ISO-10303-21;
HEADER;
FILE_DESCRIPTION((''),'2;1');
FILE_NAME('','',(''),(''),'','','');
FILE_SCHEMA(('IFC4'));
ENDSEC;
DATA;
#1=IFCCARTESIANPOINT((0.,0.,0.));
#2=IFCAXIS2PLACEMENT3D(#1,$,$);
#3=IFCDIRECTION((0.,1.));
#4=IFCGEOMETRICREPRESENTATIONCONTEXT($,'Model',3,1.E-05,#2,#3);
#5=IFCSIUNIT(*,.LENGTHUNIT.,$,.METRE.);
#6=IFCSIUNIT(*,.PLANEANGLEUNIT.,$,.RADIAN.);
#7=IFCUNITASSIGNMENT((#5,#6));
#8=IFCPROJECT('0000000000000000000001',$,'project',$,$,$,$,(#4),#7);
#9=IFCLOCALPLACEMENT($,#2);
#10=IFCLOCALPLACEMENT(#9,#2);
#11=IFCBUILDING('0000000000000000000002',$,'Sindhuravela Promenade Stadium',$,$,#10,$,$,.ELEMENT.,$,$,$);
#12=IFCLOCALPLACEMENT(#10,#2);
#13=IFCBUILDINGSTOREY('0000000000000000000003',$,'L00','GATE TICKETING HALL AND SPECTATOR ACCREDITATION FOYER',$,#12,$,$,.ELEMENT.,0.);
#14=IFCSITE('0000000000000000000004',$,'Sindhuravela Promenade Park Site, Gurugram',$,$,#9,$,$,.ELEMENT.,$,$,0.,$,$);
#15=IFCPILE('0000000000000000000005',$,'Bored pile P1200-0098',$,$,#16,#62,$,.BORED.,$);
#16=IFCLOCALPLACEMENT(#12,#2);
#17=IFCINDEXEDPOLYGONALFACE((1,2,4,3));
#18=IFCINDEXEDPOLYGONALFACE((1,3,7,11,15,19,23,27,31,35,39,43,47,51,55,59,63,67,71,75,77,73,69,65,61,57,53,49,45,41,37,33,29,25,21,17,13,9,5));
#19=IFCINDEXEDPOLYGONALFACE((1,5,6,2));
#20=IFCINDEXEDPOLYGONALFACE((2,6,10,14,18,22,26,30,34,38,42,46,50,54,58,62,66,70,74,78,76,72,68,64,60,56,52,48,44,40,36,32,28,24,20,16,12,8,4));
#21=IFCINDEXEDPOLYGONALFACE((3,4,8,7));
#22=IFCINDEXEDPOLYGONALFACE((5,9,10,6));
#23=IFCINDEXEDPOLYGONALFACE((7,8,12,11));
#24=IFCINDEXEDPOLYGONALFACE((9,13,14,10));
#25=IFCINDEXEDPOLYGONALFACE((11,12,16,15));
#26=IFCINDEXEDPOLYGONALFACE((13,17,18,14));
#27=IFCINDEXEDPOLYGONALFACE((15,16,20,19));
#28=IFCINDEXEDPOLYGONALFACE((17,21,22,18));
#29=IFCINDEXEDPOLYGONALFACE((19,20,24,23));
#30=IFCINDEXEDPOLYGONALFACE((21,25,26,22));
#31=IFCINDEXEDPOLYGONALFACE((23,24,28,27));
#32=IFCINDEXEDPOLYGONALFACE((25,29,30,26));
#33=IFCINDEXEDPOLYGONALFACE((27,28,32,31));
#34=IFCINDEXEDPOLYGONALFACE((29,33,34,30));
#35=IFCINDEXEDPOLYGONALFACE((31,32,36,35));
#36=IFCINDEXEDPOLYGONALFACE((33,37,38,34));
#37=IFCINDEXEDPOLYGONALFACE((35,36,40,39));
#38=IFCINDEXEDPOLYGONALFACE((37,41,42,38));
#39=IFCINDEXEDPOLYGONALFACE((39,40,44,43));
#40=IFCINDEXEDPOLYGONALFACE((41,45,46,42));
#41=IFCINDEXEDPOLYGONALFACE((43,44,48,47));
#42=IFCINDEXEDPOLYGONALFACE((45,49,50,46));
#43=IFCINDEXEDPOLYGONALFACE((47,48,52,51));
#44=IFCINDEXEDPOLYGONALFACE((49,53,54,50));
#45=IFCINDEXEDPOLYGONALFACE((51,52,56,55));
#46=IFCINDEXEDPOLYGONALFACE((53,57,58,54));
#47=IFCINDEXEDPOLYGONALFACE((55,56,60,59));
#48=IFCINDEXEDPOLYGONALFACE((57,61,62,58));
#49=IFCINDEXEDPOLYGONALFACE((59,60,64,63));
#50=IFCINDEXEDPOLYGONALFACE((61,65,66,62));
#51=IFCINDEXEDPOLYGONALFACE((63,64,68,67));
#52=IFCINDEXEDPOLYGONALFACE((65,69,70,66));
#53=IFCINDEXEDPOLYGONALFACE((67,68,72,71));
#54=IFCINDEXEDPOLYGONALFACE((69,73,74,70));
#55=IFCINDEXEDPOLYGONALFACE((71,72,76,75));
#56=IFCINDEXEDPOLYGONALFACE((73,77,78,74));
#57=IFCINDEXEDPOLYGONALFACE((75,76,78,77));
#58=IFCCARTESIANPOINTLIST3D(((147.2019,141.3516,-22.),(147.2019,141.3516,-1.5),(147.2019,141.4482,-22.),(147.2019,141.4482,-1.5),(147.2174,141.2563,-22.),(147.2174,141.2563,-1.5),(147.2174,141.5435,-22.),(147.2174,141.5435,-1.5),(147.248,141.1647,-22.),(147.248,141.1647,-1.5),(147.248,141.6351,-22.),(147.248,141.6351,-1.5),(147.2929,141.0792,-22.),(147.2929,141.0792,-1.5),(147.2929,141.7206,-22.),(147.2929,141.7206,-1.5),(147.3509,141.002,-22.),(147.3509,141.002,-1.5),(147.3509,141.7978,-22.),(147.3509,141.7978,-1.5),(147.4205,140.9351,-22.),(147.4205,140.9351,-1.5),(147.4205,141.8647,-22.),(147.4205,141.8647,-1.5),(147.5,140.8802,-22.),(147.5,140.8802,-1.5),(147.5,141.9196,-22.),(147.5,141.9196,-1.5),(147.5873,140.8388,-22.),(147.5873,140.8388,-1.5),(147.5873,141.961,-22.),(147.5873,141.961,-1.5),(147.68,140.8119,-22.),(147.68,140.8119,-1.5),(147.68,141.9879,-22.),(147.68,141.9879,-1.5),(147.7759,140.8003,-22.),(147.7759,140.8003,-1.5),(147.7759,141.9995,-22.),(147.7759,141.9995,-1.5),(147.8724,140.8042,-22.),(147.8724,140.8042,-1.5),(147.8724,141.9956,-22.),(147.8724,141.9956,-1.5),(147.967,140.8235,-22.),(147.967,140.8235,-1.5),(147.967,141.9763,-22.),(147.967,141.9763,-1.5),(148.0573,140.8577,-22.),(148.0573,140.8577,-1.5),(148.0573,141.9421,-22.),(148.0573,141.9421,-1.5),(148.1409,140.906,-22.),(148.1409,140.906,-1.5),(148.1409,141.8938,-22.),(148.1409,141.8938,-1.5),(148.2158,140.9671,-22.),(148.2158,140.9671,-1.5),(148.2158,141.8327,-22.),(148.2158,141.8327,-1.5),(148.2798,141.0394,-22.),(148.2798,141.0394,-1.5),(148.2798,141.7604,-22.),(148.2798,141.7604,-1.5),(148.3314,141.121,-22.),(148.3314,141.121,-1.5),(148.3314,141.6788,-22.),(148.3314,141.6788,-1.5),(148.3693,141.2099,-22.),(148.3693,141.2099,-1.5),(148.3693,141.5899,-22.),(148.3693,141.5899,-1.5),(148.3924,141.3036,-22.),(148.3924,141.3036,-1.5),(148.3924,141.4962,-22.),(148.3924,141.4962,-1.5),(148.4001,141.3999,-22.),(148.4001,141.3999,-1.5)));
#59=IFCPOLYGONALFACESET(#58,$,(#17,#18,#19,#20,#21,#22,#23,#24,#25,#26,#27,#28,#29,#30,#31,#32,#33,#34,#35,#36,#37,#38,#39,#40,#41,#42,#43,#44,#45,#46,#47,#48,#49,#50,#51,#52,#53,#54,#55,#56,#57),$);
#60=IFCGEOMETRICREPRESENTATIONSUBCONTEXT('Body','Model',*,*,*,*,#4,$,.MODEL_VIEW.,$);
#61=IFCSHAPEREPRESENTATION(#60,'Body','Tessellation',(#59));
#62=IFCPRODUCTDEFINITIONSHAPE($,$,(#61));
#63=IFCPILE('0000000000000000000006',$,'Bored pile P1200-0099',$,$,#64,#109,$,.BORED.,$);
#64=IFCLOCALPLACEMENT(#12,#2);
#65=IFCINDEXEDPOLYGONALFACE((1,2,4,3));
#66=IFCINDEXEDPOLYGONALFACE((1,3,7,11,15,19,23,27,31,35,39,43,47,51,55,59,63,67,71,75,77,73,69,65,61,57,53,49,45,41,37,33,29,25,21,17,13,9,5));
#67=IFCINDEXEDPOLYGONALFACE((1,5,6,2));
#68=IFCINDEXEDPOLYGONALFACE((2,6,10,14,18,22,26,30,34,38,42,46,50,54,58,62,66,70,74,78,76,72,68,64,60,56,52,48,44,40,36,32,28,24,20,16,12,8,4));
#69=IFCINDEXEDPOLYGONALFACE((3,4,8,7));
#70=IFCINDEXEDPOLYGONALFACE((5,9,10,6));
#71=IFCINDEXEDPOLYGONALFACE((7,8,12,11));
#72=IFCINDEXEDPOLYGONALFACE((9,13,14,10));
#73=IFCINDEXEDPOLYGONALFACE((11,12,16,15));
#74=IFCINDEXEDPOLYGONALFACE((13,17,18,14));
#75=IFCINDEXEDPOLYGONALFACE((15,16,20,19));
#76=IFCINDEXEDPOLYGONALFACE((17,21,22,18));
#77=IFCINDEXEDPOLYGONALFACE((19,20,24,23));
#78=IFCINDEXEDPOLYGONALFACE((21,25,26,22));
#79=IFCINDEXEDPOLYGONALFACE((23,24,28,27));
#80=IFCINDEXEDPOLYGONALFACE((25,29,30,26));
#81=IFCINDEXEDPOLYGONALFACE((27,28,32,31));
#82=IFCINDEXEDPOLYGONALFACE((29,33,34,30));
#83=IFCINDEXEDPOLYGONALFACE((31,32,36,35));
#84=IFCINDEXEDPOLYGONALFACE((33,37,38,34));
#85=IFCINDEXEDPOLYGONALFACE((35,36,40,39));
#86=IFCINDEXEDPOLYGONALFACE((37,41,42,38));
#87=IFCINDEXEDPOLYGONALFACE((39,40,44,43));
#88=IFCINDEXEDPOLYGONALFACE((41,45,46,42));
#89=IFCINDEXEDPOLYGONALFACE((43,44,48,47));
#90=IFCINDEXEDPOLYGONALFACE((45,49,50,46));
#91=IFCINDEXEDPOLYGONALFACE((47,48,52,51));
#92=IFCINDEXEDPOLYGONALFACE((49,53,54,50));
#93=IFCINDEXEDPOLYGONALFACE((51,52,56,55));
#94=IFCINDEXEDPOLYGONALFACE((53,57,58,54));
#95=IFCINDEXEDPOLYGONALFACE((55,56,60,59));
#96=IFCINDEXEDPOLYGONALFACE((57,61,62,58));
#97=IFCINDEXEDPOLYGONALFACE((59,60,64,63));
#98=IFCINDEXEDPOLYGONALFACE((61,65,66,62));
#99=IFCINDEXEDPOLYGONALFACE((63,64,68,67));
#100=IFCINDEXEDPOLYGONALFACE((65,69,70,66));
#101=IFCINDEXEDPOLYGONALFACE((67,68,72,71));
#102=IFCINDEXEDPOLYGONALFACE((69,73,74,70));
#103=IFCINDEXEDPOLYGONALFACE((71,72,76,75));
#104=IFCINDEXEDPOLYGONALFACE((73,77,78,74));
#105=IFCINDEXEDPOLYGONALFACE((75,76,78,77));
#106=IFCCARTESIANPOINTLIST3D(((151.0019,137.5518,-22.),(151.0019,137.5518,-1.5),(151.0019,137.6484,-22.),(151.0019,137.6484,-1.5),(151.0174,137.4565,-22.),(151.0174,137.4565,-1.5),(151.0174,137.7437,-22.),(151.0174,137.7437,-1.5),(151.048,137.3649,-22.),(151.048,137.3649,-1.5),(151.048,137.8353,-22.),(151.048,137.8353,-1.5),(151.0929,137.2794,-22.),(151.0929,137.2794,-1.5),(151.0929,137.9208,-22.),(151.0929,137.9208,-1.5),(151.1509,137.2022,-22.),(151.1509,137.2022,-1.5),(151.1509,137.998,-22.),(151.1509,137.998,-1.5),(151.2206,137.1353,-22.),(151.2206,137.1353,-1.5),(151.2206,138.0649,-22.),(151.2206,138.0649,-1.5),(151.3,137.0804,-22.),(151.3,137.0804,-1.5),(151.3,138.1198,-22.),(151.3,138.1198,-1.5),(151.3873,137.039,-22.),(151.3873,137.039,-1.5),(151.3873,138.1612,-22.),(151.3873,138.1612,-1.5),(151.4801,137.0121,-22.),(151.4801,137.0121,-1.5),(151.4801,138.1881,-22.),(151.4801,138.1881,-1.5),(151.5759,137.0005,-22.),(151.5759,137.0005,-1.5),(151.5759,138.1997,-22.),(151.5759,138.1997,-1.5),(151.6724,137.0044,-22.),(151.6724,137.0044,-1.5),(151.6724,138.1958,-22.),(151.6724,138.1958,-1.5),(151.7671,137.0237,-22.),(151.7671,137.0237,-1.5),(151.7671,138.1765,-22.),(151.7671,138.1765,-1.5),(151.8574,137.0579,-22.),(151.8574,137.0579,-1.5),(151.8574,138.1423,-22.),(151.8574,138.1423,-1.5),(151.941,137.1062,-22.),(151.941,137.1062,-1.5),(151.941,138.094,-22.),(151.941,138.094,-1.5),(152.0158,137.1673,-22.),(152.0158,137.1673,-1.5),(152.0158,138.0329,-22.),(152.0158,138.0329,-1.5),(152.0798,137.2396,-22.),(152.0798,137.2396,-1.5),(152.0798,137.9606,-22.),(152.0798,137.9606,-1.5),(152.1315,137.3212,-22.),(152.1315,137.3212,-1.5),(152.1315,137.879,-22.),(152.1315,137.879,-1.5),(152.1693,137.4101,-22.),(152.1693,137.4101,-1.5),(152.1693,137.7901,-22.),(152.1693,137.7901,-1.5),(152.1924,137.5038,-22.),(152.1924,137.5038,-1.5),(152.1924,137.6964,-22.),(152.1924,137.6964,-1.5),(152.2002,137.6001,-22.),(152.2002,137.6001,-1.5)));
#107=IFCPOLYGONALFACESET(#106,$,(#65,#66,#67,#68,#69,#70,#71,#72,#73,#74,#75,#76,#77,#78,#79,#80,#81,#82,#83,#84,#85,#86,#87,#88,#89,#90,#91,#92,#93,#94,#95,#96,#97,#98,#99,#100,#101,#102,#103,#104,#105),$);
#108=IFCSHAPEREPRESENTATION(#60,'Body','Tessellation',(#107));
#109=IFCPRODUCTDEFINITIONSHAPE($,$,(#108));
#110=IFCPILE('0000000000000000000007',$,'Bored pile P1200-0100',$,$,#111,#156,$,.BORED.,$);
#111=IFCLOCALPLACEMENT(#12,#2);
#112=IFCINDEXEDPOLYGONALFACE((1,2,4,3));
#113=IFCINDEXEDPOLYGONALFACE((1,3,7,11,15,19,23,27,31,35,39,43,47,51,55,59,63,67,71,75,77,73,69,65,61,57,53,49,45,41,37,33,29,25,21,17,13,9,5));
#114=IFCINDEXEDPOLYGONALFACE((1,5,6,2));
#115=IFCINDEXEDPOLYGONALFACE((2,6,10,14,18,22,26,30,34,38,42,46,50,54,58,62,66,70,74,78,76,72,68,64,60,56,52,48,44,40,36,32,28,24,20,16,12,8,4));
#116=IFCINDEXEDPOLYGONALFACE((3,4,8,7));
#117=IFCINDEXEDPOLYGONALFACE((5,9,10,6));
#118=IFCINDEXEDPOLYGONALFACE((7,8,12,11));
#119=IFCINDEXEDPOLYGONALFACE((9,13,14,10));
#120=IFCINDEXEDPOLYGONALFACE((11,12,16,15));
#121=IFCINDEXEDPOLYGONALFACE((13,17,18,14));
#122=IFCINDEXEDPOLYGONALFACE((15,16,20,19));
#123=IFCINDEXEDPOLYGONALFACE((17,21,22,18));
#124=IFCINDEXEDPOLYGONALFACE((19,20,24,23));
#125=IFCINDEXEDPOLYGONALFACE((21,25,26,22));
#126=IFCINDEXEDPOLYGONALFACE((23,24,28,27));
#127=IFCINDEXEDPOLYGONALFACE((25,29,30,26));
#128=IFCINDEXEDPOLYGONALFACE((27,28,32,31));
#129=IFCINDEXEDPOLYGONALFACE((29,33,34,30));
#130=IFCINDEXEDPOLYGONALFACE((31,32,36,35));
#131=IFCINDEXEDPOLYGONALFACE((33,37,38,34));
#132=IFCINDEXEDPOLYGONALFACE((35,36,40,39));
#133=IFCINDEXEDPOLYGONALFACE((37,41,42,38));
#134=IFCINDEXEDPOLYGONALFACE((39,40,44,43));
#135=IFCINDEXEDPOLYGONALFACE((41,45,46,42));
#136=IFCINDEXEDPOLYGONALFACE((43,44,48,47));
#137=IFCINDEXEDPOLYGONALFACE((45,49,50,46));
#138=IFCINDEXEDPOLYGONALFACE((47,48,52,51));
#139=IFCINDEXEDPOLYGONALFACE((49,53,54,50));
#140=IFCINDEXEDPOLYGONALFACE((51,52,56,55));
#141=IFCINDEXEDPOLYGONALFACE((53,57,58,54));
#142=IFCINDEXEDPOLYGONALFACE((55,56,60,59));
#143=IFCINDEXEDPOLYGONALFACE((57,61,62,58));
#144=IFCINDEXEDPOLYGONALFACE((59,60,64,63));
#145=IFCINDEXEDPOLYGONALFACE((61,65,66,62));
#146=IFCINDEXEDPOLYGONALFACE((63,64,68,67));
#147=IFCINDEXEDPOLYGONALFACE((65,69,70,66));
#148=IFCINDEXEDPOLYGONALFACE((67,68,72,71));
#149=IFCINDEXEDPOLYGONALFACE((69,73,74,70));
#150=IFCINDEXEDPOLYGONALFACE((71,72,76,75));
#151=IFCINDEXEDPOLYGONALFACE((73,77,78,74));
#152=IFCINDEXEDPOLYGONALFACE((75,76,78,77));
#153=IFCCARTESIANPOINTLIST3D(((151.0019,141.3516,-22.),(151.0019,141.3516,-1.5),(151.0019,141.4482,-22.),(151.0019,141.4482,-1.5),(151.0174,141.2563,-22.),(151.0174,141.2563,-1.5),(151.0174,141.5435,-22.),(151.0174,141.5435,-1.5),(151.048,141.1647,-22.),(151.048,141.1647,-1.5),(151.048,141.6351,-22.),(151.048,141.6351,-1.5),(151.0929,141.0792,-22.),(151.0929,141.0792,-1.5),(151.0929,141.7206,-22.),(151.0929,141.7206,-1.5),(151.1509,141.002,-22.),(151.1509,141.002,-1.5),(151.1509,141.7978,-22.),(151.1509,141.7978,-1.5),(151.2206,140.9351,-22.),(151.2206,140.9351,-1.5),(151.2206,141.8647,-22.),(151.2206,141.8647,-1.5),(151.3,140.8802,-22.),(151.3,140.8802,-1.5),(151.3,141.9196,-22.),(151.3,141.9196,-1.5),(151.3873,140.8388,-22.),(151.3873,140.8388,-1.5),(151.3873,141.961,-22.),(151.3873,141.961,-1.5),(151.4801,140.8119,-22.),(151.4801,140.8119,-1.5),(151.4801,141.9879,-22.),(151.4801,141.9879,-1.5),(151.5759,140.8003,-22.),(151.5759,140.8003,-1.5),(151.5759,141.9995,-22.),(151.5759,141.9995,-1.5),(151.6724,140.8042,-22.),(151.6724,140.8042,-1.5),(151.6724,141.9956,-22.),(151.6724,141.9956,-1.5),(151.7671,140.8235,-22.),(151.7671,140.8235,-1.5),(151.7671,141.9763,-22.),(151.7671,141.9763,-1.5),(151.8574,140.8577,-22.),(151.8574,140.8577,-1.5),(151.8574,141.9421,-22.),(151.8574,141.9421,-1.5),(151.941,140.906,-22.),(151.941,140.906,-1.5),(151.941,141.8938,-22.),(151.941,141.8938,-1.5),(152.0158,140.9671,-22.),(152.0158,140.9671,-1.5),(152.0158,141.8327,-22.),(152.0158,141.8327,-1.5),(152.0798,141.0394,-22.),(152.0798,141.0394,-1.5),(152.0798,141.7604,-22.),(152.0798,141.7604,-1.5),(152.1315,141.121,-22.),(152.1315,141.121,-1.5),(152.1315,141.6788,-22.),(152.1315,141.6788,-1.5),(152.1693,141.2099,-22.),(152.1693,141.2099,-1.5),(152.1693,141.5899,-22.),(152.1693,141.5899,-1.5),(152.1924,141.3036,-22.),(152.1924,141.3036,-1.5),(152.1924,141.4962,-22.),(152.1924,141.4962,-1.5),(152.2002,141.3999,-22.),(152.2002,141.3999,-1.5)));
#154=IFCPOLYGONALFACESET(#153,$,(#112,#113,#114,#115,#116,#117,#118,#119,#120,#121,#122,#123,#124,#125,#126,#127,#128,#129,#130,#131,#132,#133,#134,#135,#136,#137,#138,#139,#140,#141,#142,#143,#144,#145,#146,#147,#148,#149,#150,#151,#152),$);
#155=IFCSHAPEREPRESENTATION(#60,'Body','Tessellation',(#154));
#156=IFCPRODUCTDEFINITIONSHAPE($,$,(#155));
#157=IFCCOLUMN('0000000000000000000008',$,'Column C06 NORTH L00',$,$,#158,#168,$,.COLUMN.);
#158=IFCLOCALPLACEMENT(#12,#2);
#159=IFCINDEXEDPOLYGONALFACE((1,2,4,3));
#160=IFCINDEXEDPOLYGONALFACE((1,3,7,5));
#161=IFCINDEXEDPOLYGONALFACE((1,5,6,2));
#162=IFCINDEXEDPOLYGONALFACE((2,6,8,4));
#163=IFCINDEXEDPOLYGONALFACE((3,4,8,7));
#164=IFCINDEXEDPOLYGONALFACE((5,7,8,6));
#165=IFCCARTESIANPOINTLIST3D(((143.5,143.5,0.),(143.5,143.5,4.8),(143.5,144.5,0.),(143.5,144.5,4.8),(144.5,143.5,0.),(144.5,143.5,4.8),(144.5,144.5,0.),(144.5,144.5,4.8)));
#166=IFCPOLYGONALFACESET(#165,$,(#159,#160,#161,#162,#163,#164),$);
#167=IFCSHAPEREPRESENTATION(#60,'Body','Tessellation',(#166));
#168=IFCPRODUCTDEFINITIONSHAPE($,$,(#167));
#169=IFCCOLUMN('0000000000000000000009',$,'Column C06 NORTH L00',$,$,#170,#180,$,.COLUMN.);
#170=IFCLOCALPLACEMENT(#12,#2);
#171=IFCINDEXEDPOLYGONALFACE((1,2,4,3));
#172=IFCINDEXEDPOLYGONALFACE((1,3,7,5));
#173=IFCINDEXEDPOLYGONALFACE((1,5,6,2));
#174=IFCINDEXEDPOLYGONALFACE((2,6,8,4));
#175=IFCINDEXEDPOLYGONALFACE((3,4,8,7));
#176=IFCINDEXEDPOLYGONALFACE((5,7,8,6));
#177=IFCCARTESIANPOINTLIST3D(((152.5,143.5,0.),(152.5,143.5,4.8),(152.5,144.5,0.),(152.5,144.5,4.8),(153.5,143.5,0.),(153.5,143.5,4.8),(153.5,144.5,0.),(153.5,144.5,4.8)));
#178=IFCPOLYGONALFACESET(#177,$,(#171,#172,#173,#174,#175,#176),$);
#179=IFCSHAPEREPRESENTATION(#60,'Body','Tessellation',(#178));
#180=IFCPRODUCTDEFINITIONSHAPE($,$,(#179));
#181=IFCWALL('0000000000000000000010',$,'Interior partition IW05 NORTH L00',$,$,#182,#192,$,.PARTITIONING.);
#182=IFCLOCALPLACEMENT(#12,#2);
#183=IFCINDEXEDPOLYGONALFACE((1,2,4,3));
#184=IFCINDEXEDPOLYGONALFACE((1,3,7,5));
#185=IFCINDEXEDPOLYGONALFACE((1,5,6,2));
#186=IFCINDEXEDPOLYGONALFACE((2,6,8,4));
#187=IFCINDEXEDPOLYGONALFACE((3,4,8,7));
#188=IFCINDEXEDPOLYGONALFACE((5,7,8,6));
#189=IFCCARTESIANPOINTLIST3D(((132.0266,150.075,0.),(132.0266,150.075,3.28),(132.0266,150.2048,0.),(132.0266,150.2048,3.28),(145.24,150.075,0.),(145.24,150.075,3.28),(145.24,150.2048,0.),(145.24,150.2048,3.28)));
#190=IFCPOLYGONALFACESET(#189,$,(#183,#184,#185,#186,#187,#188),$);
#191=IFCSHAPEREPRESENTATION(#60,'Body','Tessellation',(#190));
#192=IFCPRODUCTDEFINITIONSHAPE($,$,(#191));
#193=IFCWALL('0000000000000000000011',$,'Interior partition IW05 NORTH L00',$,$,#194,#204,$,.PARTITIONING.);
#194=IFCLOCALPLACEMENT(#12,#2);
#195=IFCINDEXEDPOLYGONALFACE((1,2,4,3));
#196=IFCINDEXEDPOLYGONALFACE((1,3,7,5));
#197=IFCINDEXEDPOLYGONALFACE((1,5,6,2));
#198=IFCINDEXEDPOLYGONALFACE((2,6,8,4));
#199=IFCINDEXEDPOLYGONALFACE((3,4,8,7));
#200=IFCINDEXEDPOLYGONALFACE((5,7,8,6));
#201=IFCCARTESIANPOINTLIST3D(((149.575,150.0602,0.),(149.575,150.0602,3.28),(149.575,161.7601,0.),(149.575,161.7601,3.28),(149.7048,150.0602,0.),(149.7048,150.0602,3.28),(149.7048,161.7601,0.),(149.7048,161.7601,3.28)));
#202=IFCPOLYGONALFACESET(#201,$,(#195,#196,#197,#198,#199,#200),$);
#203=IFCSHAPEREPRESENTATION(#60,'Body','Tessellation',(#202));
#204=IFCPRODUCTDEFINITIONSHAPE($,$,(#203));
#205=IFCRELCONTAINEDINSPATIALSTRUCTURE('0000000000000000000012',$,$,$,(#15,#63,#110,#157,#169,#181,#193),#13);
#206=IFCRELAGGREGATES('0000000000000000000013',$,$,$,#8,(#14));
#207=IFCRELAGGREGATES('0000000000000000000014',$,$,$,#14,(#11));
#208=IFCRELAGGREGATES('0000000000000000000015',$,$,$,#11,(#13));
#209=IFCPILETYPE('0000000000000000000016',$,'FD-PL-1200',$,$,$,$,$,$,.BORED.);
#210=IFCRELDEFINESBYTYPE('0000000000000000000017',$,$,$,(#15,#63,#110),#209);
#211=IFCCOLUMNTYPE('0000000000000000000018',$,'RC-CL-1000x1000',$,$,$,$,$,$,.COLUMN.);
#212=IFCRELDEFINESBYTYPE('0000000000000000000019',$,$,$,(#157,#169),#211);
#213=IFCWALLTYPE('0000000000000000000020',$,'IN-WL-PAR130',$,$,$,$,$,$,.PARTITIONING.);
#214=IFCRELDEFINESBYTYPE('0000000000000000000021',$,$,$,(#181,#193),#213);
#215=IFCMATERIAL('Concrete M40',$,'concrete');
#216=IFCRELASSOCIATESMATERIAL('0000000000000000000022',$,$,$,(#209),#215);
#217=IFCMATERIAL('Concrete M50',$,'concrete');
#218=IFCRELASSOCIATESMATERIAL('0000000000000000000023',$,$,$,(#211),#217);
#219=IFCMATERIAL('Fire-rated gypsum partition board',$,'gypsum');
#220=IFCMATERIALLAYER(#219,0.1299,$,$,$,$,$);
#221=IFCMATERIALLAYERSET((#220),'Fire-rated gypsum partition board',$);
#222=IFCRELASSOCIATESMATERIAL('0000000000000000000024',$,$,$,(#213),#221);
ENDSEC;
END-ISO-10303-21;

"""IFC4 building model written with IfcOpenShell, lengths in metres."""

from ifc_helpers import new_model, si_unit, direction, frame, frame_2d, origin, origin_2d, place, context, subcontext, project, spatial, rectangle, circle, extrude, material, layer, layer_set, material_profile, profile_set, type_object, element, save


model = new_model("IFC4")

# Units and contexts
model_context = context("Model", 3, precision=1e-05, world=origin(), true_north=direction((0.0, 1.0)))
body_context = subcontext(model_context, "Body", "Model", "MODEL_VIEW")
ifc_project = project(units=[si_unit("LENGTHUNIT", "METRE"), si_unit("PLANEANGLEUNIT", "RADIAN")], contexts=[model_context])

# Site, building, storey
site_placement = place(None, origin())
site = spatial("IfcSite", under=ifc_project, at=site_placement, Name="Sindhuravela Promenade Park Site, Gurugram", CompositionType="ELEMENT", RefElevation=0.0)
building_placement = place(site_placement, origin())
building = spatial("IfcBuilding", under=site, at=building_placement, Name="Sindhuravela Promenade Stadium", CompositionType="ELEMENT")
storey_placement = place(building_placement, origin())
storey = spatial("IfcBuildingStorey", under=building, at=storey_placement, Name="L00", Description="GATE TICKETING HALL AND SPECTATOR ACCREDITATION FOYER", CompositionType="ELEMENT", Elevation=0.0)

# Shared definitions
ifc_material_1 = material(Name="Concrete M50", Category="concrete")

# Piles
ifc_material_2 = material(Name="Concrete M40", Category="concrete")
ifc_material_profile_1 = material_profile(ifc_material_2, circle(Radius=0.6001, at=origin_2d()), Name="BORED PILE D1200")
ifc_profile_set_1 = profile_set([ifc_material_profile_1], Name="Concrete M40")
pile_type = type_object("IfcPileType", Name="FD-PL-1200", PredefinedType="BORED", material=ifc_profile_set_1)
for number, where, z_axis, x_axis, name in (
    (1, (147.8, 141.3999, -1.5), (0.0, 0.0, -1.0), (1.0, 0.0, 0.0), "Bored pile P1200-0098"),
    (2, (151.6001, 137.6001, -1.5), (0.0, 0.0, -1.0), (1.0, 0.0, 0.0), "Bored pile P1200-0099"),
    (3, (151.6001, 141.3999, -1.5), (0.0, 0.0, -1.0), (1.0, 0.0, 0.0), "Bored pile P1200-0100"),
):
    element("IfcPile", number, at=place(storey_placement, frame(where, z_axis=z_axis, x_axis=x_axis)), inside=storey, type_object=pile_type, Name=name, PredefinedType="BORED", context=body_context, shape_type="SweptSolid", body=[
        extrude(circle(Radius=0.6001, at=origin_2d()), origin(), (0.0, 0.0, 1.0), 20.5),
    ])

# Columns
ifc_material_profile_2 = material_profile(ifc_material_1, rectangle(XDim=1.0, YDim=1.0, at=origin_2d()), Name="RC 1000x1000")
ifc_profile_set_2 = profile_set([ifc_material_profile_2], Name="Concrete M50")
column_type = type_object("IfcColumnType", Name="RC-CL-1000x1000", PredefinedType="COLUMN", material=ifc_profile_set_2)
for number, where, z_axis, x_axis, name in (
    (4, (144.0, 144.0, 0.0), (0.0, 0.0, 1.0), (1.0, 0.0, 0.0), "Column C06 NORTH L00"),
    (5, (153.0, 144.0, 0.0), (0.0, 0.0, 1.0), (1.0, 0.0, 0.0), "Column C06 NORTH L00"),
):
    element("IfcColumn", number, at=place(storey_placement, frame(where, z_axis=z_axis, x_axis=x_axis)), inside=storey, type_object=column_type, Name=name, PredefinedType="COLUMN", context=body_context, shape_type="SweptSolid", body=[
        extrude(rectangle(XDim=1.0, YDim=1.0, at=origin_2d()), origin(), (0.0, 0.0, 1.0), 4.8),
    ])

# Shared definitions
ifc_material_3 = material(Name="Fire-rated gypsum partition board", Category="gypsum")
ifc_layer_1 = layer(ifc_material_3, 0.1299)
ifc_layer_set_1 = layer_set([ifc_layer_1], Name="Fire-rated gypsum partition board")
wall_type_1 = type_object("IfcWallType", Name="IN-WL-PAR130", PredefinedType="PARTITIONING", material=ifc_layer_set_1)

# Walls
wall_1_placement = place(storey_placement, frame((145.24, 150.1399, 0.0), z_axis=(0.0, 0.0, 1.0), x_axis=(-1.0, 0.0, 0.0)))
element("IfcWall", 6, at=wall_1_placement, inside=storey, type_object=wall_type_1, Name="Interior partition IW05 NORTH L00", PredefinedType="PARTITIONING", context=body_context, shape_type="SweptSolid", body=[
    extrude(rectangle(XDim=13.2134, YDim=0.1299, at=frame_2d((6.6067, 0.0))), origin(), (0.0, 0.0, 1.0), 3.28),
])
wall_2_placement = place(storey_placement, frame((149.6399, 150.0601, 0.0), z_axis=(0.0, 0.0, 1.0), x_axis=(0.0, 1.0, 0.0)))
element("IfcWall", 7, at=wall_2_placement, inside=storey, type_object=wall_type_1, Name="Interior partition IW05 NORTH L00", PredefinedType="PARTITIONING", context=body_context, shape_type="SweptSolid", body=[
    extrude(rectangle(XDim=11.7, YDim=0.1299, at=frame_2d((5.8501, 0.0))), origin(), (0.0, 0.0, 1.0), 3.28),
])

save(model, "model.ifc")
